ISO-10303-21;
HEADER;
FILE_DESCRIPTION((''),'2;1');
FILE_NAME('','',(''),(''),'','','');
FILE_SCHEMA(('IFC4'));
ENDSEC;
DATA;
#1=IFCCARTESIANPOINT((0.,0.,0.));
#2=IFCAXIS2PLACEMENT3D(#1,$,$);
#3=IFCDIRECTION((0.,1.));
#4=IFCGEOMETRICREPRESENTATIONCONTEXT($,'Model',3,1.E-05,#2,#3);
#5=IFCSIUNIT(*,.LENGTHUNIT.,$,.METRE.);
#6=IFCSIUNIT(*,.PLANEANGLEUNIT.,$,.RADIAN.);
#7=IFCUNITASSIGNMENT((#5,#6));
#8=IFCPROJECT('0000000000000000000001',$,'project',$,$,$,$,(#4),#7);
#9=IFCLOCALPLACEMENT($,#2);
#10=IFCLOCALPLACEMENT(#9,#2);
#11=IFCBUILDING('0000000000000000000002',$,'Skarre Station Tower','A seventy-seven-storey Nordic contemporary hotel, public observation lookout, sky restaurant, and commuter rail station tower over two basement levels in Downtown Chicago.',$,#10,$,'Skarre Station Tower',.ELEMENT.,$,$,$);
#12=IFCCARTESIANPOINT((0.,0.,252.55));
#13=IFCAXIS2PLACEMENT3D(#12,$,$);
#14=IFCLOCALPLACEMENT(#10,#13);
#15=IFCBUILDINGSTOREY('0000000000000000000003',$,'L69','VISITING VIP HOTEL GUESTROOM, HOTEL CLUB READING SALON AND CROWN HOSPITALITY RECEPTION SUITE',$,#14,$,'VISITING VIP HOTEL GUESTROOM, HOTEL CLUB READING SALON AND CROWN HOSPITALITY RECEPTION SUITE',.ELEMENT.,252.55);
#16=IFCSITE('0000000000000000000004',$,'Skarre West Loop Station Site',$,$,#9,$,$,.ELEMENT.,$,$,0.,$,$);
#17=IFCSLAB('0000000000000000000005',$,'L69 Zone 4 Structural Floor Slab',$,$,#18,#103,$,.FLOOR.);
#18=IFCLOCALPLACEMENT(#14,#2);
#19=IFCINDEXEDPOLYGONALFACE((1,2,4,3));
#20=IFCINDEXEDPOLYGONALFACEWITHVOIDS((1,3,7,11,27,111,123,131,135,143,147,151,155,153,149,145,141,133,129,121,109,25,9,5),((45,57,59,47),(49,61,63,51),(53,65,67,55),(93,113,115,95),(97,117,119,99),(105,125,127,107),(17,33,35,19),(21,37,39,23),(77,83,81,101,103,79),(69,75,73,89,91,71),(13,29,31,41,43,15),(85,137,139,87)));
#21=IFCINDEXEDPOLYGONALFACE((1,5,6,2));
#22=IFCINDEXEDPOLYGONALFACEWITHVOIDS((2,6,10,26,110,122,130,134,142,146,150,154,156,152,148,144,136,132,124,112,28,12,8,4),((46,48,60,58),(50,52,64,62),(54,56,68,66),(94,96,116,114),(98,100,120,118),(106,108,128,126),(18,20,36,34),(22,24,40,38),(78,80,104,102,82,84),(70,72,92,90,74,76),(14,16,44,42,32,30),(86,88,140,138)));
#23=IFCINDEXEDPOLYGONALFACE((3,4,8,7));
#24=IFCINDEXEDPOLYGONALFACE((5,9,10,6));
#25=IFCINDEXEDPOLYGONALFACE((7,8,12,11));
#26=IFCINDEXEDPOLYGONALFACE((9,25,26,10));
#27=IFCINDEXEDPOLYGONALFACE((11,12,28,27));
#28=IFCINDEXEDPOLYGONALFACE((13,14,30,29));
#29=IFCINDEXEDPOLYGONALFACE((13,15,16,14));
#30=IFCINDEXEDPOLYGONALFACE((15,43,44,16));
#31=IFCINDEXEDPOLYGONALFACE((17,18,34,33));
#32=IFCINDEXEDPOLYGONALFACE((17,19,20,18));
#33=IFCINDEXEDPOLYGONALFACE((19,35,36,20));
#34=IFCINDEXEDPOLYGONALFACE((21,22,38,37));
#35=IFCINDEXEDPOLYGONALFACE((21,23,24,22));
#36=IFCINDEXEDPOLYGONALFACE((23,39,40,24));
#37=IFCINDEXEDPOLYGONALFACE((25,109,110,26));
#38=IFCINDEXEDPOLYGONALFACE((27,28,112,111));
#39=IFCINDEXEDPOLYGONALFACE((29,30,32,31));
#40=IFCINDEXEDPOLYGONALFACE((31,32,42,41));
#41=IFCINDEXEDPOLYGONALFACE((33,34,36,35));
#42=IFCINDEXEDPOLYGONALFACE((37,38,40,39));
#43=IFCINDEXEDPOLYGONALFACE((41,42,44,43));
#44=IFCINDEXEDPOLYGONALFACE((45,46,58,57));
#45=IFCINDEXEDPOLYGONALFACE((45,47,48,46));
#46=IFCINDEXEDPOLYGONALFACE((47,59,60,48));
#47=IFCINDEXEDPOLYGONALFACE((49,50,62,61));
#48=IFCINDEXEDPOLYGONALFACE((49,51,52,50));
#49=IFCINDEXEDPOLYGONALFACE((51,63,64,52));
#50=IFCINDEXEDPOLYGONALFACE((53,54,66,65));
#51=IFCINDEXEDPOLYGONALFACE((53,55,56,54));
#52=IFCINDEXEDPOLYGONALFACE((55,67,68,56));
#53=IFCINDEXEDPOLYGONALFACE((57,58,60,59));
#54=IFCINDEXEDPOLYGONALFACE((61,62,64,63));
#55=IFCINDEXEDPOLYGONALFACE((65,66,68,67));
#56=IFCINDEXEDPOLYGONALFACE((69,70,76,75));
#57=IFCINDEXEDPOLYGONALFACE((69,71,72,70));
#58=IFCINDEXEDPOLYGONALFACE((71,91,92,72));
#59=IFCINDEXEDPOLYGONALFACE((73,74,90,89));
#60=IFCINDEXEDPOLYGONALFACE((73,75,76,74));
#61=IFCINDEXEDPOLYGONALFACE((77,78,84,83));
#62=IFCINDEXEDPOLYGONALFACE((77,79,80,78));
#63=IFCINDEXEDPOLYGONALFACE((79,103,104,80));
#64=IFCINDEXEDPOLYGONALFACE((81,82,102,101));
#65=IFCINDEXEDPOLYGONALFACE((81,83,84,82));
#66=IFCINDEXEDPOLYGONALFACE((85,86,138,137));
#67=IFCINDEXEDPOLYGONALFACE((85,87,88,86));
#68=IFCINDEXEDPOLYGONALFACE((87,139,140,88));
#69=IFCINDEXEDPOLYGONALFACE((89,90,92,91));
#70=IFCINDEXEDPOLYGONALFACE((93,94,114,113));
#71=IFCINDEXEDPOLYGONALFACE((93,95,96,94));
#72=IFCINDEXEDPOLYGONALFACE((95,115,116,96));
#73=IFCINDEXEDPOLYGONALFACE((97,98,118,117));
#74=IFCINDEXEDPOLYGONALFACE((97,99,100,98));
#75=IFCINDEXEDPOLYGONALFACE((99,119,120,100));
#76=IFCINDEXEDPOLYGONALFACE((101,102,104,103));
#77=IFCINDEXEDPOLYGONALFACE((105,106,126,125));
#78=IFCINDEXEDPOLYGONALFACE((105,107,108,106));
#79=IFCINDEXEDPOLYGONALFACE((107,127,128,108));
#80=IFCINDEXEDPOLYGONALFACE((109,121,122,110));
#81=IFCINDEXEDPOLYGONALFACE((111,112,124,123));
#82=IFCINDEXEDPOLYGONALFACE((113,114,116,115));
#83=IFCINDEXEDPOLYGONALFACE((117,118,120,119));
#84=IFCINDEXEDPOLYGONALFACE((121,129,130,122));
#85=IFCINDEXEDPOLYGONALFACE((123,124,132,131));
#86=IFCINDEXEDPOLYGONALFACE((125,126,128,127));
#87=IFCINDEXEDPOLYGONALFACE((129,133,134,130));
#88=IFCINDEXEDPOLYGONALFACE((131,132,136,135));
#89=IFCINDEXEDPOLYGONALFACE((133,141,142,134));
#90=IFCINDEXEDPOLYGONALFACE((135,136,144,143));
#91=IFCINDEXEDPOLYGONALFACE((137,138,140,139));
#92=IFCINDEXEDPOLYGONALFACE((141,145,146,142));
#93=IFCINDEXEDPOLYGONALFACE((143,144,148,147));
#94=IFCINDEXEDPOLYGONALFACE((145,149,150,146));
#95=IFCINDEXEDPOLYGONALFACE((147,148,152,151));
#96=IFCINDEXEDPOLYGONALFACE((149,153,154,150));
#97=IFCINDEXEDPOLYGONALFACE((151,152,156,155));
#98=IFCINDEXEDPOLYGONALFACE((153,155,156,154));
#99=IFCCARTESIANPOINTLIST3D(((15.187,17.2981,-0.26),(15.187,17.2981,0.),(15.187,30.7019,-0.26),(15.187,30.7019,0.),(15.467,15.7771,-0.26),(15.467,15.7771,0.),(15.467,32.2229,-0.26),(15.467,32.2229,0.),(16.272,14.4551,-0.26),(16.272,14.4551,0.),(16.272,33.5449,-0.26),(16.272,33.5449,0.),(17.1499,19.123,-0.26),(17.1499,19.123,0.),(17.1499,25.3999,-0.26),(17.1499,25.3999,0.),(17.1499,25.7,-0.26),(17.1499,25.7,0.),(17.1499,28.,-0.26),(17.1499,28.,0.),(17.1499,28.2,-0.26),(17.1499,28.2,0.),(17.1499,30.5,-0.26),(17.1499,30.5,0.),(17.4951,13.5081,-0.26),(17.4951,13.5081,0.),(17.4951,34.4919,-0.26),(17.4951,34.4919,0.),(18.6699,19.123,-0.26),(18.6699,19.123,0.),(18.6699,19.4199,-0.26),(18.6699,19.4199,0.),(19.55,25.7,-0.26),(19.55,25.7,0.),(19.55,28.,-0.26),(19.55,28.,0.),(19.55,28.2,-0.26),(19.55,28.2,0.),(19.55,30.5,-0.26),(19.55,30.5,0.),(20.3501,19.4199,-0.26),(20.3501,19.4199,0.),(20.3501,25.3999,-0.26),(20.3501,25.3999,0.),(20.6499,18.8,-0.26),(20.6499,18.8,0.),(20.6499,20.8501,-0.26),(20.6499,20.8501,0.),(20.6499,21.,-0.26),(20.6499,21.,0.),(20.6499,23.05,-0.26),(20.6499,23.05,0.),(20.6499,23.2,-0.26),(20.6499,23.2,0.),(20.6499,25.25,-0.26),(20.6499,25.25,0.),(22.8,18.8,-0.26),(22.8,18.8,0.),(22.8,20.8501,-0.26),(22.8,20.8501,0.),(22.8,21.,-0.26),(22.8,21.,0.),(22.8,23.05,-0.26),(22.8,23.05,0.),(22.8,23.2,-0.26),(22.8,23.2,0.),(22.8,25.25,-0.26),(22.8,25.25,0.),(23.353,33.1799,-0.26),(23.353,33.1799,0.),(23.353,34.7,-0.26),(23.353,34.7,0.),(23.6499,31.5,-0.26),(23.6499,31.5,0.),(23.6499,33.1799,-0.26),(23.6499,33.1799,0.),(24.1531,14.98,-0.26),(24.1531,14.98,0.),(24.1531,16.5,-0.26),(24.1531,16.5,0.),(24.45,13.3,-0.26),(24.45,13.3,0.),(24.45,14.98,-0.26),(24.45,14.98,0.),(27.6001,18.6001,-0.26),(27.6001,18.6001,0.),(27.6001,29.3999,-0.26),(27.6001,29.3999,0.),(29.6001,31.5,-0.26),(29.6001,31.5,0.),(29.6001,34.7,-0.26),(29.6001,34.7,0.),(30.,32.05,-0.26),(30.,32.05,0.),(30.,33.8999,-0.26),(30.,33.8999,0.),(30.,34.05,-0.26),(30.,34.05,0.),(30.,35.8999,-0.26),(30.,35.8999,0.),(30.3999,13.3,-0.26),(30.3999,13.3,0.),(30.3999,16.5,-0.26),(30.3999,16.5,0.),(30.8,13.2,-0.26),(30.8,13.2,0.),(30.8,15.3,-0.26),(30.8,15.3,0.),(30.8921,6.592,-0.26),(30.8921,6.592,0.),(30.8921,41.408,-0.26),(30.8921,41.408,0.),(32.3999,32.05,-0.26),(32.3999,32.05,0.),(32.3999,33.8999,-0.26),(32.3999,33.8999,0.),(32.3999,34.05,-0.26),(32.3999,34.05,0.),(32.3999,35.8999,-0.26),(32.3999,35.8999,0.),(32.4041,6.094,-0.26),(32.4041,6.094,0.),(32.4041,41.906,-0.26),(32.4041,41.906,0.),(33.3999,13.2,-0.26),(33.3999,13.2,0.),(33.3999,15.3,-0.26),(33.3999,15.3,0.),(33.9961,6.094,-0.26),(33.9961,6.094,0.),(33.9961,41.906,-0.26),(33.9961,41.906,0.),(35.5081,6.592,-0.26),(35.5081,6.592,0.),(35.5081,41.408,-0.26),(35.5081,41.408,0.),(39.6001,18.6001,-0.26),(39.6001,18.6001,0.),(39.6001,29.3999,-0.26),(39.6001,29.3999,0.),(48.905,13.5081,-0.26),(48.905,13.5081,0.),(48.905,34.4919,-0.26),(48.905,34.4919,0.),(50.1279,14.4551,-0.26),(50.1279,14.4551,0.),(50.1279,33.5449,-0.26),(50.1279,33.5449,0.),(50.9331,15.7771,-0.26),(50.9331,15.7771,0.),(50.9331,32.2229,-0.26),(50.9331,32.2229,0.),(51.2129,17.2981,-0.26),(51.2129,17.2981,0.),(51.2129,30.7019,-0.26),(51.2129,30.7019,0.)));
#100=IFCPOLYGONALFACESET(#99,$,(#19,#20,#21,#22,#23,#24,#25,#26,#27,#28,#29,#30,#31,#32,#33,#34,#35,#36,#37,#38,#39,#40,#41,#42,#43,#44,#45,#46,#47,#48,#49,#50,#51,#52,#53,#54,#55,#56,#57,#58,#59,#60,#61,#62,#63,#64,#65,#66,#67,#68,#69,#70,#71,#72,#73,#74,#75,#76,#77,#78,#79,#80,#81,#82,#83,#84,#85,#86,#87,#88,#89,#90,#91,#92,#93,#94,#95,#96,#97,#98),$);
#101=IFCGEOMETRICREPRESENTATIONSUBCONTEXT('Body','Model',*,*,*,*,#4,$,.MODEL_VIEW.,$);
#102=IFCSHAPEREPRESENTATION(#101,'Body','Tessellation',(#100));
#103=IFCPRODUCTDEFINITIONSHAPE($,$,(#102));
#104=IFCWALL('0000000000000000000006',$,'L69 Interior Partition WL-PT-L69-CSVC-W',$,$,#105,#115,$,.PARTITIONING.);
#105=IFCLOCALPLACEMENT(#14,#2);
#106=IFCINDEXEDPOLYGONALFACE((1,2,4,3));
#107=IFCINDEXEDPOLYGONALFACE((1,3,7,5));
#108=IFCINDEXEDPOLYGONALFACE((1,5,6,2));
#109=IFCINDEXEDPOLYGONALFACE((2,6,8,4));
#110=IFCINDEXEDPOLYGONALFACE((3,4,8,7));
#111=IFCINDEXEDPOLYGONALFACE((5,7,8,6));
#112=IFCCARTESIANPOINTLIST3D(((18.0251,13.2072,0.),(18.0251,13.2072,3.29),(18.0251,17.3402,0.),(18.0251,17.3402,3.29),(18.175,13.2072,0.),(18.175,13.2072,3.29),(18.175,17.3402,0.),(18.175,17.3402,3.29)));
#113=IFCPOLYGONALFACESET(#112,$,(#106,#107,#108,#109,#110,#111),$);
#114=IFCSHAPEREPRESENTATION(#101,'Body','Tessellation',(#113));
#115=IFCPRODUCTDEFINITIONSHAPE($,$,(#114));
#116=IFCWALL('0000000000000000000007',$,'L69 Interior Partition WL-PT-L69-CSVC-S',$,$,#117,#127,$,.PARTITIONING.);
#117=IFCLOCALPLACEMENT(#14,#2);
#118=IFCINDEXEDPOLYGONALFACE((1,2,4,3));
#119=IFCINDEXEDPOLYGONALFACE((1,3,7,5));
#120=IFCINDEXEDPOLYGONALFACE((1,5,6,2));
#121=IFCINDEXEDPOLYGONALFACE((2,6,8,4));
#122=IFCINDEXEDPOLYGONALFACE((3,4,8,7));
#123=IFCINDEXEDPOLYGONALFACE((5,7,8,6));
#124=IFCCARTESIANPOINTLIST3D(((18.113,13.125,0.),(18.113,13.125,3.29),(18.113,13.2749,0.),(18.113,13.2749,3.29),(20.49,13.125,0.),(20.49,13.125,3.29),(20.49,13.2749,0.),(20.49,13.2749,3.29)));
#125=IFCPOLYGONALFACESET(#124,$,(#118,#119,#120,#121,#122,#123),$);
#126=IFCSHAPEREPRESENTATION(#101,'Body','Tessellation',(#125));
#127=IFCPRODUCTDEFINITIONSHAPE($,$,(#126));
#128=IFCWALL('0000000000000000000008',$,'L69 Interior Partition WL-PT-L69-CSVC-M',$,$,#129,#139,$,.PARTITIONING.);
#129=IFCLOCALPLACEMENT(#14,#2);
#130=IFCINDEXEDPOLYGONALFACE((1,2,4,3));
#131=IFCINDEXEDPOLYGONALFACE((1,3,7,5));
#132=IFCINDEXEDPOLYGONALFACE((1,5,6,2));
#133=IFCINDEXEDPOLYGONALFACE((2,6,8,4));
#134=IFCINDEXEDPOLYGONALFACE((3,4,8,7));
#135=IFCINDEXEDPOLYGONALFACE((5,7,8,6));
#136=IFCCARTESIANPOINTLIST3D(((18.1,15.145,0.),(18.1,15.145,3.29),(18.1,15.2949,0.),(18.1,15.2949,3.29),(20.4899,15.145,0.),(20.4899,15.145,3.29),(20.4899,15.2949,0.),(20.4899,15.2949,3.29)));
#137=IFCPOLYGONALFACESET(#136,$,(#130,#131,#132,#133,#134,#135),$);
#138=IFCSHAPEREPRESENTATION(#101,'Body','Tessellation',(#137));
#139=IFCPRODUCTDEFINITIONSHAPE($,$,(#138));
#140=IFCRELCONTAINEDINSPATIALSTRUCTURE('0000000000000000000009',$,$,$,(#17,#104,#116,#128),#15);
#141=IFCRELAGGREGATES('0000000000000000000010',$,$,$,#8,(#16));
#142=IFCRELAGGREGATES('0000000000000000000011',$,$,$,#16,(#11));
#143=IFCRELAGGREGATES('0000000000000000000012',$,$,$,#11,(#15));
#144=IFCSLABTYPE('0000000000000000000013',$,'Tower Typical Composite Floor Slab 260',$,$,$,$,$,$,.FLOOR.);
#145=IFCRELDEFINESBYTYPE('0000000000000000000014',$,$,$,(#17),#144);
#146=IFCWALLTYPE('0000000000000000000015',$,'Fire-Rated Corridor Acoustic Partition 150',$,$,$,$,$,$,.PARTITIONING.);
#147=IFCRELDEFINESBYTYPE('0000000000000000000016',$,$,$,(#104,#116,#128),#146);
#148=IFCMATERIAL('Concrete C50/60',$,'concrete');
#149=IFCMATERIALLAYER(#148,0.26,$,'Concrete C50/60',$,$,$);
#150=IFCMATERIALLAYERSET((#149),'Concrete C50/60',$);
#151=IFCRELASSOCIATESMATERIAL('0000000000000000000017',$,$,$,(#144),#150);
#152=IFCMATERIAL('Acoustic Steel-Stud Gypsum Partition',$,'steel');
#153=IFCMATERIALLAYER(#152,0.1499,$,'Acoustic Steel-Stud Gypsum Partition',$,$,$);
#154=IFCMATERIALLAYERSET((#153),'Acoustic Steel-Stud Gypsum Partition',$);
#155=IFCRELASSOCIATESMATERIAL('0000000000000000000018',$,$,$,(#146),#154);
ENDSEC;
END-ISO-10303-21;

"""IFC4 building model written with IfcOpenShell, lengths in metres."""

from ifc_helpers import new_model, si_unit, direction, frame, frame_2d, origin, place, context, subcontext, project, spatial, polyline, rectangle, outline, extrude, material, layer, layer_set, type_object, element, save


model = new_model("IFC4")

# Units and contexts
model_context = context("Model", 3, precision=1e-05, world=origin(), true_north=direction((0.0, 1.0)))
body_context = subcontext(model_context, "Body", "Model", "MODEL_VIEW")
ifc_project = project(units=[si_unit("LENGTHUNIT", "METRE"), si_unit("PLANEANGLEUNIT", "RADIAN")], contexts=[model_context])

# Site, building, storey
site_placement = place(None, origin())
site = spatial("IfcSite", under=ifc_project, at=site_placement, Name="Skarre West Loop Station Site", CompositionType="ELEMENT", RefElevation=0.0)
building_placement = place(site_placement, origin())
building = spatial("IfcBuilding", under=site, at=building_placement, Name="Skarre Station Tower", Description="A seventy-seven-storey Nordic contemporary hotel, public observation lookout, sky restaurant, and commuter rail station tower over two basement levels in Downtown Chicago.", LongName="Skarre Station Tower", CompositionType="ELEMENT")
storey_placement = place(building_placement, frame((0.0, 0.0, 252.55)))
storey = spatial("IfcBuildingStorey", under=building, at=storey_placement, Name="L69", Description="VISITING VIP HOTEL GUESTROOM, HOTEL CLUB READING SALON AND CROWN HOSPITALITY RECEPTION SUITE", LongName="VISITING VIP HOTEL GUESTROOM, HOTEL CLUB READING SALON AND CROWN HOSPITALITY RECEPTION SUITE", CompositionType="ELEMENT", Elevation=252.55)

# Shared definitions
ifc_material_1 = material(Name="Concrete C50/60", Category="concrete")

# Slab
ifc_layer_1 = layer(ifc_material_1, 0.26, Name="Concrete C50/60")
ifc_layer_set_1 = layer_set([ifc_layer_1], Name="Concrete C50/60")
slab_type_1 = type_object("IfcSlabType", Name="Tower Typical Composite Floor Slab 260", PredefinedType="FLOOR", material=ifc_layer_set_1)
slab_1_placement = place(storey_placement, frame((0.0, 0.0, -0.26)))
element("IfcSlab", 1, at=slab_1_placement, inside=storey, type_object=slab_type_1, Name="L69 Zone 4 Structural Floor Slab", PredefinedType="FLOOR", context=body_context, shape_type="SweptSolid", body=[
    extrude(outline(polyline([(51.2129, 30.7019), (50.9331, 32.2229), (50.1279, 33.5449), (48.905, 34.4919), (35.5081, 41.408), (33.9961, 41.906), (32.4041, 41.906), (30.8921, 41.408), (17.4951, 34.4919), (16.272, 33.5449), (15.467, 32.2229), (15.187, 30.7019), (15.187, 17.2981), (15.467, 15.7771), (16.272, 14.4551), (17.4951, 13.5081), (30.8921, 6.592), (32.4041, 6.094), (33.9961, 6.094), (35.5081, 6.592), (48.905, 13.5081), (50.1279, 14.4551), (50.9331, 15.7771), (51.2129, 17.2981), (51.2129, 30.7019)]), holes=[polyline([(18.6699, 19.4199), (18.6699, 19.123), (17.1499, 19.123), (17.1499, 25.3999), (20.3501, 25.3999), (20.3501, 19.4199), (18.6699, 19.4199)]), polyline([(24.45, 14.98), (24.1531, 14.98), (24.1531, 16.5), (30.3999, 16.5), (30.3999, 13.3), (24.45, 13.3), (24.45, 14.98)]), polyline([(23.6499, 33.1799), (23.353, 33.1799), (23.353, 34.7), (29.6001, 34.7), (29.6001, 31.5), (23.6499, 31.5), (23.6499, 33.1799)]), polyline([(17.1499, 28.0), (19.55, 28.0), (19.55, 25.7), (17.1499, 25.7), (17.1499, 28.0)]), polyline([(17.1499, 30.5), (19.55, 30.5), (19.55, 28.2), (17.1499, 28.2), (17.1499, 30.5)]), polyline([(30.8, 15.3), (33.3999, 15.3), (33.3999, 13.2), (30.8, 13.2), (30.8, 15.3)]), polyline([(20.6499, 20.8501), (22.8, 20.8501), (22.8, 18.8), (20.6499, 18.8), (20.6499, 20.8501)]), polyline([(20.6499, 23.05), (22.8, 23.05), (22.8, 21.0), (20.6499, 21.0), (20.6499, 23.05)]), polyline([(20.6499, 25.25), (22.8, 25.25), (22.8, 23.2), (20.6499, 23.2), (20.6499, 25.25)]), polyline([(30.0, 33.8999), (32.3999, 33.8999), (32.3999, 32.05), (30.0, 32.05), (30.0, 33.8999)]), polyline([(30.0, 35.8999), (32.3999, 35.8999), (32.3999, 34.05), (30.0, 34.05), (30.0, 35.8999)]), polyline([(27.6001, 29.3999), (39.6001, 29.3999), (39.6001, 18.6001), (27.6001, 18.6001), (27.6001, 29.3999)])]), origin(), (0.0, 0.0, 1.0), 0.26),
])

# Walls
ifc_material_2 = material(Name="Acoustic Steel-Stud Gypsum Partition", Category="steel")
ifc_layer_2 = layer(ifc_material_2, 0.1499, Name="Acoustic Steel-Stud Gypsum Partition")
ifc_layer_set_2 = layer_set([ifc_layer_2], Name="Acoustic Steel-Stud Gypsum Partition")
wall_type_1 = type_object("IfcWallType", Name="Fire-Rated Corridor Acoustic Partition 150", PredefinedType="PARTITIONING", material=ifc_layer_set_2)
wall_1_placement = place(storey_placement, frame((18.1001, 17.3401, 0.0), z_axis=(0.0, 0.0, 1.0), x_axis=(0.0, -1.0, 0.0)))
element("IfcWall", 2, at=wall_1_placement, inside=storey, type_object=wall_type_1, Name="L69 Interior Partition WL-PT-L69-CSVC-W", PredefinedType="PARTITIONING", context=body_context, shape_type="SweptSolid", body=[
    extrude(rectangle(XDim=4.1331, YDim=0.1499, at=frame_2d((2.0664, 0.0))), origin(), (0.0, 0.0, 1.0), 3.29),
])
wall_2_placement = place(storey_placement, frame((18.113, 13.2, 0.0), z_axis=(0.0, 0.0, 1.0), x_axis=(1.0, 0.0, 0.0)))
element("IfcWall", 3, at=wall_2_placement, inside=storey, type_object=wall_type_1, Name="L69 Interior Partition WL-PT-L69-CSVC-S", PredefinedType="PARTITIONING", context=body_context, shape_type="SweptSolid", body=[
    extrude(rectangle(XDim=2.377, YDim=0.1499, at=frame_2d((1.1885, 0.0))), origin(), (0.0, 0.0, 1.0), 3.29),
])
wall_3_placement = place(storey_placement, frame((18.1001, 15.22, 0.0), z_axis=(0.0, 0.0, 1.0), x_axis=(1.0, 0.0, 0.0)))
element("IfcWall", 4, at=wall_3_placement, inside=storey, type_object=wall_type_1, Name="L69 Interior Partition WL-PT-L69-CSVC-M", PredefinedType="PARTITIONING", context=body_context, shape_type="SweptSolid", body=[
    extrude(rectangle(XDim=2.3899, YDim=0.1499, at=frame_2d((1.1948, 0.0))), origin(), (0.0, 0.0, 1.0), 3.29),
])

save(model, "model.ifc")
